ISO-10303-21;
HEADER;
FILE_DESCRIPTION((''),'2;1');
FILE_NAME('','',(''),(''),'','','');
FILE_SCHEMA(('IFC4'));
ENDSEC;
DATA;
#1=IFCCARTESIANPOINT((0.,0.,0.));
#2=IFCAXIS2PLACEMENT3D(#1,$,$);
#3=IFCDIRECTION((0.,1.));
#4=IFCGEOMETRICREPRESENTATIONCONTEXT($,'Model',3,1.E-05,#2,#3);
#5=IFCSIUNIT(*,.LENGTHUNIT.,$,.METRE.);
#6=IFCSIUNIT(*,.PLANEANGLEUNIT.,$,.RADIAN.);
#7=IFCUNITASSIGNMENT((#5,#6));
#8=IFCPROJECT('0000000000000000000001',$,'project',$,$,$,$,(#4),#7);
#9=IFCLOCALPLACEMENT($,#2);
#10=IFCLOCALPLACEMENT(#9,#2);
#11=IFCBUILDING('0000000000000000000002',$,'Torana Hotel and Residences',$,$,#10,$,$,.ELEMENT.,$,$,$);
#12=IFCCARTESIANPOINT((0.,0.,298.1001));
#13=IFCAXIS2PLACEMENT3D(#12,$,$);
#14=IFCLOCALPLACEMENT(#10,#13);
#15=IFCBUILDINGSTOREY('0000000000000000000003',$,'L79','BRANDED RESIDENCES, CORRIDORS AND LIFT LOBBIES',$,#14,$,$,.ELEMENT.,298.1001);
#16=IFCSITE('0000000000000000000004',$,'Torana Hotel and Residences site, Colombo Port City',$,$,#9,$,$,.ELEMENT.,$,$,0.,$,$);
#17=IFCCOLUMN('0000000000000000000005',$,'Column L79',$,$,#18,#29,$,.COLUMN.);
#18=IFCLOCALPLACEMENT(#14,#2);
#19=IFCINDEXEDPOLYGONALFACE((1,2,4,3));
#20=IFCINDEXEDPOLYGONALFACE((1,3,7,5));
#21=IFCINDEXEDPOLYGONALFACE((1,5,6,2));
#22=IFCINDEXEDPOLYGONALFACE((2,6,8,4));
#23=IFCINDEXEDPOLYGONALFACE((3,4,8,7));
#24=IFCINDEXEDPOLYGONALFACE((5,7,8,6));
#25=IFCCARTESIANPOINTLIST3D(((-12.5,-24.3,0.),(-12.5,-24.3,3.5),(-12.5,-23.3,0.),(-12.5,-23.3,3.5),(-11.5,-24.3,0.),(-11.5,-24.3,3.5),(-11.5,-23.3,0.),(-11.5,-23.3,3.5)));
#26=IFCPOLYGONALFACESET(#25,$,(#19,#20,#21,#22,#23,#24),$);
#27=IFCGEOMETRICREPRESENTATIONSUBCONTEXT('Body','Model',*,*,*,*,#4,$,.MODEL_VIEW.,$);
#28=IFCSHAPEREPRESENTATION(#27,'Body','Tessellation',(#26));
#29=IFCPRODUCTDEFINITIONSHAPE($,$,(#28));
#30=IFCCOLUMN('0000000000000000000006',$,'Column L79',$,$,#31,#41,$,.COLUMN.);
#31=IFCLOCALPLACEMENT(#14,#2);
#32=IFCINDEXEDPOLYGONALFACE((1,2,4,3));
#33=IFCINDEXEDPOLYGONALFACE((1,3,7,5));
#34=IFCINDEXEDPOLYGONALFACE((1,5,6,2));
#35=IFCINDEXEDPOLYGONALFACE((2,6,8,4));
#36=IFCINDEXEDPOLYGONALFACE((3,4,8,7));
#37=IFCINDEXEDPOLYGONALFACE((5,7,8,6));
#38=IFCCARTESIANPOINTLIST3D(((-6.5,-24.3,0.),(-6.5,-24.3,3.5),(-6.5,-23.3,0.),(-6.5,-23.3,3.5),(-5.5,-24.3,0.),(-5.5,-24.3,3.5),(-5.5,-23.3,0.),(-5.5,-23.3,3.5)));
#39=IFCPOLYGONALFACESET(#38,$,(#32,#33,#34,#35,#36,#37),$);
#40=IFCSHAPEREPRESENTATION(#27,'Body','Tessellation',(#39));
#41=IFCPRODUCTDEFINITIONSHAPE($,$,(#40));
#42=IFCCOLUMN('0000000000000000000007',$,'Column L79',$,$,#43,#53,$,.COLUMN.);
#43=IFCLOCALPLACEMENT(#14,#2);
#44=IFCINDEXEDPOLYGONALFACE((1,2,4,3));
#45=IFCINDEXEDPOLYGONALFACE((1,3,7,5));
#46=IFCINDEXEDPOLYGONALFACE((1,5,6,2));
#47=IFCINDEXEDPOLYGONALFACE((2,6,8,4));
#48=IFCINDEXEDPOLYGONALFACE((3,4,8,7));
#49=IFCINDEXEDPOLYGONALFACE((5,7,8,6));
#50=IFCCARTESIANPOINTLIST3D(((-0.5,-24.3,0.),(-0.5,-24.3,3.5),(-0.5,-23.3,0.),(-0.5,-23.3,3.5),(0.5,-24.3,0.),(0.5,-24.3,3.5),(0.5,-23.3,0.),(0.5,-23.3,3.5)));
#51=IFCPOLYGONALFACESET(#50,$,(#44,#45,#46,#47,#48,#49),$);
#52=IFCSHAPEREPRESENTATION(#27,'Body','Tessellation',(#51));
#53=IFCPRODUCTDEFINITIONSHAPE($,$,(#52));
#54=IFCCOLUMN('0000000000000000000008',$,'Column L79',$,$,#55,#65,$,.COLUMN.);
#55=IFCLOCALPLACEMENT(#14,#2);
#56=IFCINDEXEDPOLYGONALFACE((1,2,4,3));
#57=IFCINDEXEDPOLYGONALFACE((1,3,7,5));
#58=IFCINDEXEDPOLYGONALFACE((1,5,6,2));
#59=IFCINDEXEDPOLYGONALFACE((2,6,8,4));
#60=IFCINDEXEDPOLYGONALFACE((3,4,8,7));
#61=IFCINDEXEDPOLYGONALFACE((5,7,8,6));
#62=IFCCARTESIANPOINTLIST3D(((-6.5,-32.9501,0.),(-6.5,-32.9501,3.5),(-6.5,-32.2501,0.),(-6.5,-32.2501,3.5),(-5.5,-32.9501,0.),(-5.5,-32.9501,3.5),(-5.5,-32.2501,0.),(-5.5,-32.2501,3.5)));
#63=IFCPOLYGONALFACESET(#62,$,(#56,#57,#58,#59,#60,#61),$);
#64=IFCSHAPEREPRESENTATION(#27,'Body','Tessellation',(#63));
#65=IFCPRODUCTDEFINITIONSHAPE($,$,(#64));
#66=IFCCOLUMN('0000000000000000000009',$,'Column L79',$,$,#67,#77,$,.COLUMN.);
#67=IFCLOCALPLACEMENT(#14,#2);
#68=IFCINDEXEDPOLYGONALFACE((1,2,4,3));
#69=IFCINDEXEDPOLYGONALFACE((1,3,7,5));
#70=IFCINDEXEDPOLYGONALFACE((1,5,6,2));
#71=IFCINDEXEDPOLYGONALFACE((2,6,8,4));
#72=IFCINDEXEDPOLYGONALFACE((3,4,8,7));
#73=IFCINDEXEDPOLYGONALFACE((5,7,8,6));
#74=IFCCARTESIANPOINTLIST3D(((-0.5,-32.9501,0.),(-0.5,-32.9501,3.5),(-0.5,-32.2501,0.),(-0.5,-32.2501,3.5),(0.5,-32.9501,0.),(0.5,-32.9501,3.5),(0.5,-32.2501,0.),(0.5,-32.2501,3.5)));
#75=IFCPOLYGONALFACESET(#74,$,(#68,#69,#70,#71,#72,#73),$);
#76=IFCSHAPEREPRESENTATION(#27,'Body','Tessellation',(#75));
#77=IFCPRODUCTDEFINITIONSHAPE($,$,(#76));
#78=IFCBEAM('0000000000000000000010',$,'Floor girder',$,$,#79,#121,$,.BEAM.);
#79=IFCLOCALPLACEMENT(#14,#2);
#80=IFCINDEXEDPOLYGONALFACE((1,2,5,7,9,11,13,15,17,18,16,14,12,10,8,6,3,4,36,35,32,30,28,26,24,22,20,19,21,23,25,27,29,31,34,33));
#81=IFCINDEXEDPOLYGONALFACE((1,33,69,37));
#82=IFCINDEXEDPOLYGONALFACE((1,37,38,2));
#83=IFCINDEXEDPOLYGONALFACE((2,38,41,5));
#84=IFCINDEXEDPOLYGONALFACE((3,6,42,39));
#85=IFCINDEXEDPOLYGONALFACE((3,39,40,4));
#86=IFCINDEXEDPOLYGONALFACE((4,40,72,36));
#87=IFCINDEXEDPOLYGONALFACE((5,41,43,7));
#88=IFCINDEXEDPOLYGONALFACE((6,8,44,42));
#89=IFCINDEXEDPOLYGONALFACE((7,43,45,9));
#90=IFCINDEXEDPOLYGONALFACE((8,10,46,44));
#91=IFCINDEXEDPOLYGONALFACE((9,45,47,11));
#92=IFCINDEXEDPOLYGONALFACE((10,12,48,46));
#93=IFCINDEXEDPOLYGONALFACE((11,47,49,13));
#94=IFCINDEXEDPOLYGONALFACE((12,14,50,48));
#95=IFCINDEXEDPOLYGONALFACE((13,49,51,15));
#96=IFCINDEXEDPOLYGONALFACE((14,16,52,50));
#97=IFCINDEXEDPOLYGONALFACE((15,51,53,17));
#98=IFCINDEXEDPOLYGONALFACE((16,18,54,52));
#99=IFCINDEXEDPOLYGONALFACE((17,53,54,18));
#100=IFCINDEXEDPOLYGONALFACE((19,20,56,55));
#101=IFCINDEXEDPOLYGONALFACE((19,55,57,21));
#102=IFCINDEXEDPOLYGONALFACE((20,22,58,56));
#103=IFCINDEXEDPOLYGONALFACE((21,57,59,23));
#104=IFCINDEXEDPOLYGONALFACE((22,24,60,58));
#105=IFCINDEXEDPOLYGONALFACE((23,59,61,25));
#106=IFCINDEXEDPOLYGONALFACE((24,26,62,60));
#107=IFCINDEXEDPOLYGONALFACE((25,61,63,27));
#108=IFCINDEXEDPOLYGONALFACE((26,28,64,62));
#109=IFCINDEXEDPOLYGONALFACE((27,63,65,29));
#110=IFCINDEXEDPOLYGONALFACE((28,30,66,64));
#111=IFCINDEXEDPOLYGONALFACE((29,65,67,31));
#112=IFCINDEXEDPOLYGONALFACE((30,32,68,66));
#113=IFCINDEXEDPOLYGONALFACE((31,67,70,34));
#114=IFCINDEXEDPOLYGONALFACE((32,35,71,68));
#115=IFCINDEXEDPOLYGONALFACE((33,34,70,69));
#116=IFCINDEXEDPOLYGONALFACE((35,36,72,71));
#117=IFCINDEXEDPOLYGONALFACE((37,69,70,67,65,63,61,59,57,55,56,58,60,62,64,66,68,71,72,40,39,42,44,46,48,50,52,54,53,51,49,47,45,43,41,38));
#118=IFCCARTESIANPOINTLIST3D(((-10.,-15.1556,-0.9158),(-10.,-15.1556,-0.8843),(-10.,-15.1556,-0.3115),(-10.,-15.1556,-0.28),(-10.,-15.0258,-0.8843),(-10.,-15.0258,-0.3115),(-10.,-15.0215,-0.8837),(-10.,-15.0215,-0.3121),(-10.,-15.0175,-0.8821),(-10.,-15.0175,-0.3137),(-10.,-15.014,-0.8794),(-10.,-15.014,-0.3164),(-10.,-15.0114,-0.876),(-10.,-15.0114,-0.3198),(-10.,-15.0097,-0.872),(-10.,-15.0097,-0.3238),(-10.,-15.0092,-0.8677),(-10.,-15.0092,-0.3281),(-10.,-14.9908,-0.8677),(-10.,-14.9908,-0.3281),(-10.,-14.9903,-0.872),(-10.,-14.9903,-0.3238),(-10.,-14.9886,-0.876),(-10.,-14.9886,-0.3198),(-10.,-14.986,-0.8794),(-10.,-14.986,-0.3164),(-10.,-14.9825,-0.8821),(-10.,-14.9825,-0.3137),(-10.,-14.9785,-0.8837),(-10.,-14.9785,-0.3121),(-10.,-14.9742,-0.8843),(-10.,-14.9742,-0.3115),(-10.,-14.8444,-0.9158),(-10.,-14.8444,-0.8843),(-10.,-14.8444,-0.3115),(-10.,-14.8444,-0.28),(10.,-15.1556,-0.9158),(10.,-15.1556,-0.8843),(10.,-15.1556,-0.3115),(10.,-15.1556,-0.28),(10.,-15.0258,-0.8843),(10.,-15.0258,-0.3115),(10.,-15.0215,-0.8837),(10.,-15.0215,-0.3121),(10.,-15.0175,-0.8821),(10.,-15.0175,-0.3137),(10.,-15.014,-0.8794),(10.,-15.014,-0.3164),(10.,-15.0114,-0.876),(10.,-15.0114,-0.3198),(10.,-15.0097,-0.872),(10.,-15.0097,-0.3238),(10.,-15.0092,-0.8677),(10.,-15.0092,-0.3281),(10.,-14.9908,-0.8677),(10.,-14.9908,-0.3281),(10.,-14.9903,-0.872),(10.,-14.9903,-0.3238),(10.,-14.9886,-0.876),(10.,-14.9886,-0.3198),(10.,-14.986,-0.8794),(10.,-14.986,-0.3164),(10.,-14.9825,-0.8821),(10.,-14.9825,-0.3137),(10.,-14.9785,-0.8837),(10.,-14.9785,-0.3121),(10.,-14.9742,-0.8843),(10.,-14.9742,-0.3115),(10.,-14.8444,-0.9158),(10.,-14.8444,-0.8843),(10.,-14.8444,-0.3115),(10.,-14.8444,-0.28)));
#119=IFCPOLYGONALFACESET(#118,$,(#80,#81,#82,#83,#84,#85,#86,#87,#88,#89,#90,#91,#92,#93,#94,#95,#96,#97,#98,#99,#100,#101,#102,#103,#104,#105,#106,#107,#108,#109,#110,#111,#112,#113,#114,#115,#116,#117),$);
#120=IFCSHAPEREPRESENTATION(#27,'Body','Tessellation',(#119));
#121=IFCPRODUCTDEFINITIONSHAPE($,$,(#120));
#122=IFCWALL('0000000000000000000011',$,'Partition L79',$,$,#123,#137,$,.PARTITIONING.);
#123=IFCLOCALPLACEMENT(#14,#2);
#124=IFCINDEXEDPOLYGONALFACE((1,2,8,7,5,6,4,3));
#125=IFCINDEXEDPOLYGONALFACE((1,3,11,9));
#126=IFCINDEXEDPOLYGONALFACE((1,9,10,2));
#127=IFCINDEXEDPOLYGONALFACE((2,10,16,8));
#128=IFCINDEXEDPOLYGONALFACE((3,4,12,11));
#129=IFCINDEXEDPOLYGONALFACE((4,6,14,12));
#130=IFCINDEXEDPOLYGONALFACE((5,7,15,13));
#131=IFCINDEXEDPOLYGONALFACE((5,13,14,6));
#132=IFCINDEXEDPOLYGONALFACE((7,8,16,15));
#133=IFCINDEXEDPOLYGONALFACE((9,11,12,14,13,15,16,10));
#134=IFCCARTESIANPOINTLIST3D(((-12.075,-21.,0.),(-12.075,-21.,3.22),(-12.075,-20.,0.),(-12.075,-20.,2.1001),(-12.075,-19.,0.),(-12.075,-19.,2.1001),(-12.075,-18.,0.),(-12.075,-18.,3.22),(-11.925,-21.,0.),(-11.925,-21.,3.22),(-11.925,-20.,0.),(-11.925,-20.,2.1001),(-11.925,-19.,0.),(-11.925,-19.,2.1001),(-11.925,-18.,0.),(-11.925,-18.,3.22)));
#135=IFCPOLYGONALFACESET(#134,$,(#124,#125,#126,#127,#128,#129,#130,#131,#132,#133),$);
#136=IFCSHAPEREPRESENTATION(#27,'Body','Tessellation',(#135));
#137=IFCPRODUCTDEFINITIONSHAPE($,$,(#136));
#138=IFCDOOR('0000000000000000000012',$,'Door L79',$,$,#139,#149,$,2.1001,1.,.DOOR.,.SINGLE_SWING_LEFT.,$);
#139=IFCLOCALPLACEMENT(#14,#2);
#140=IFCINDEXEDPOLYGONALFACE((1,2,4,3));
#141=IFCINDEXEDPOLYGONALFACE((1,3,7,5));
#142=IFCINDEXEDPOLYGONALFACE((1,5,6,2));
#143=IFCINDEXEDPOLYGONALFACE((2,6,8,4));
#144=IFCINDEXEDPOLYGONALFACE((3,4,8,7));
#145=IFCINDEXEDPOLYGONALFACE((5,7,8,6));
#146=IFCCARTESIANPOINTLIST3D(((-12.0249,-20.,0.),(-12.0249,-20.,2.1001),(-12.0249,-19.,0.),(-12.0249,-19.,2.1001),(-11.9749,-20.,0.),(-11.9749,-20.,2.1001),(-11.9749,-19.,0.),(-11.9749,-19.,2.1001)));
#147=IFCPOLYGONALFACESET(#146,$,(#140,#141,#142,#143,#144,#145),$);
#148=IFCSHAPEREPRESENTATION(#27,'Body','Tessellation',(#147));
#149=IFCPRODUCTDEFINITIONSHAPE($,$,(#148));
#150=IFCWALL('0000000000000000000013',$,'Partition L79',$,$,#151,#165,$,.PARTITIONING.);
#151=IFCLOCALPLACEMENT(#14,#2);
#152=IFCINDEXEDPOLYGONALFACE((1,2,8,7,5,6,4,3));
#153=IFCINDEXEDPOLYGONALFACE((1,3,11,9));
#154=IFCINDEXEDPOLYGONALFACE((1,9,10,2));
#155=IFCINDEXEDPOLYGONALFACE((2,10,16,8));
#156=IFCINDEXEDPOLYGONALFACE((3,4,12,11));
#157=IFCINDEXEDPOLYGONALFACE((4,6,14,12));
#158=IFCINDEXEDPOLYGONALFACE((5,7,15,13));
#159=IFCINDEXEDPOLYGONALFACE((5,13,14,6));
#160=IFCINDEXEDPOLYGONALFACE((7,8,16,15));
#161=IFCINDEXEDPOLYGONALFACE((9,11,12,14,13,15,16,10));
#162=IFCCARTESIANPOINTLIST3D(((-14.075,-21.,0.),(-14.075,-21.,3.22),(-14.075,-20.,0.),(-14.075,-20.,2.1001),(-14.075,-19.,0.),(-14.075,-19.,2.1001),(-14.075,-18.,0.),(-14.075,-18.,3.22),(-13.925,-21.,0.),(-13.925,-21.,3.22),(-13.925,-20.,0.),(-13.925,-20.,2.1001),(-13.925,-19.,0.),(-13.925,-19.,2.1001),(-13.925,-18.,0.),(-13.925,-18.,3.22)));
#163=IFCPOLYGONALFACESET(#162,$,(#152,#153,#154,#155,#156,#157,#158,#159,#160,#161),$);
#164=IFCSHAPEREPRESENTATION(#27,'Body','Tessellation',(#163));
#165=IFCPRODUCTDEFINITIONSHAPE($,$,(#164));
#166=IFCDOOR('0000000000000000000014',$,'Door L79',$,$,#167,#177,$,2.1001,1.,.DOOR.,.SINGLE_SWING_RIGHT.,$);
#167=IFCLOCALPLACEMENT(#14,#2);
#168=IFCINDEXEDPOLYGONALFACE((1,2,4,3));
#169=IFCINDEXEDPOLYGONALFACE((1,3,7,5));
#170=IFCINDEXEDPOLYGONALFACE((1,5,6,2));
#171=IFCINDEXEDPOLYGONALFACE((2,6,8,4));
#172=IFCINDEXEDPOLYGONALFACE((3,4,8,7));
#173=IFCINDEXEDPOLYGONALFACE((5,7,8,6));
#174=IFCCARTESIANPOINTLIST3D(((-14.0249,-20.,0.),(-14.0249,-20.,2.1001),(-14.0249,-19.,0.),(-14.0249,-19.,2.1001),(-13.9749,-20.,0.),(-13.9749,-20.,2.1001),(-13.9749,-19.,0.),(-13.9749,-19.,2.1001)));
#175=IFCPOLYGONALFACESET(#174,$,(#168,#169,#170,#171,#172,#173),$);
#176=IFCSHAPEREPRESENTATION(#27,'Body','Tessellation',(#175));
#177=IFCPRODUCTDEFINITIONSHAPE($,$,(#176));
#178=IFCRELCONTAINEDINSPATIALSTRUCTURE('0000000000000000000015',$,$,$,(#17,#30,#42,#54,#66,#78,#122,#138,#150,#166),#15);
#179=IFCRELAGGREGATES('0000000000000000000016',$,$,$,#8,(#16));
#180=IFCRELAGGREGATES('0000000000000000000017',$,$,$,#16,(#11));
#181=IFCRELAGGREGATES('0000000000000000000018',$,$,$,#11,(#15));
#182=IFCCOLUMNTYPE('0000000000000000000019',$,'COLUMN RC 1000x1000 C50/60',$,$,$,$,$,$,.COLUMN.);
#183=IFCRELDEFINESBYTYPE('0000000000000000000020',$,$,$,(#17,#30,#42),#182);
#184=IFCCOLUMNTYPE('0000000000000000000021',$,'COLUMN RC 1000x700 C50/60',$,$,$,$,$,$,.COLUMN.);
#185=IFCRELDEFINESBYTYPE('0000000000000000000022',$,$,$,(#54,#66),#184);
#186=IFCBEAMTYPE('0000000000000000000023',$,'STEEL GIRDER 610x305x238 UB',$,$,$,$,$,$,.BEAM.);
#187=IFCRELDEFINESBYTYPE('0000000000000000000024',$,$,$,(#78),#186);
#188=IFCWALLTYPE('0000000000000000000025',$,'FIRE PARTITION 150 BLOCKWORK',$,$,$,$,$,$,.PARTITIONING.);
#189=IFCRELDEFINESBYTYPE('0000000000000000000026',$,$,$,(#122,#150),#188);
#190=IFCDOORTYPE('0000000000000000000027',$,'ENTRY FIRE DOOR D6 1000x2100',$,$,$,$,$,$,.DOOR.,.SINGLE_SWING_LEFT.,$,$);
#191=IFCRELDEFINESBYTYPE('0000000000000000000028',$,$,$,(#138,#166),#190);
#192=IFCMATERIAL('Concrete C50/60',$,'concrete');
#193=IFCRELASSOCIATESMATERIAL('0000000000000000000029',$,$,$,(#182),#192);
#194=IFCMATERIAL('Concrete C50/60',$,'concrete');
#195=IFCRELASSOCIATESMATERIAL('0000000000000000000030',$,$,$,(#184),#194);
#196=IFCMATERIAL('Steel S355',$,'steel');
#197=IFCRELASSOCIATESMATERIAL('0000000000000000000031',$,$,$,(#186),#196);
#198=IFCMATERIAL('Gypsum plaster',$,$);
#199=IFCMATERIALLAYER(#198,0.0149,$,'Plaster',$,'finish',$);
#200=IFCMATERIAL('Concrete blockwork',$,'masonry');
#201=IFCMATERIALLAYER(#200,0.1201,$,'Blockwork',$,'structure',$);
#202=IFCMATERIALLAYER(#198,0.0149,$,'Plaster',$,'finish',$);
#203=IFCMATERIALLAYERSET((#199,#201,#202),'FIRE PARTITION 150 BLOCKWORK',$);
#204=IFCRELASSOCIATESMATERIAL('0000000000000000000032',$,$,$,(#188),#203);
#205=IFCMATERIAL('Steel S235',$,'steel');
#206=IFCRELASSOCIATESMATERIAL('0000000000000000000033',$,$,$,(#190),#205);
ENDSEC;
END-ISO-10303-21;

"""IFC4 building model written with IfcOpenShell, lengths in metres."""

from ifc_helpers import new_model, si_unit, direction, frame, frame_2d, origin, origin_2d, place, context, subcontext, project, spatial, rectangle, i_section, extrude, material, layer, layer_set, material_profile, profile_set, type_object, element, fill, save


model = new_model("IFC4")

# Units and contexts
model_context = context("Model", 3, precision=1e-05, world=origin(), true_north=direction((0.0, 1.0)))
body_context = subcontext(model_context, "Body", "Model", "MODEL_VIEW")
ifc_project = project(units=[si_unit("LENGTHUNIT", "METRE"), si_unit("PLANEANGLEUNIT", "RADIAN")], contexts=[model_context])

# Site, building, storey
site_placement = place(None, origin())
site = spatial("IfcSite", under=ifc_project, at=site_placement, Name="Torana Hotel and Residences site, Colombo Port City", CompositionType="ELEMENT", RefElevation=0.0)
building_placement = place(site_placement, origin())
building = spatial("IfcBuilding", under=site, at=building_placement, Name="Torana Hotel and Residences", CompositionType="ELEMENT")
storey_placement = place(building_placement, frame((0.0, 0.0, 298.1001)))
storey = spatial("IfcBuildingStorey", under=building, at=storey_placement, Name="L79", Description="BRANDED RESIDENCES, CORRIDORS AND LIFT LOBBIES", CompositionType="ELEMENT", Elevation=298.1001)

# Columns
ifc_material_1 = material(Name="Concrete C50/60", Category="concrete")
ifc_material_profile_1 = material_profile(ifc_material_1, rectangle(XDim=1.0, YDim=1.0, at=origin_2d()), Name="RC 1000x1000")
ifc_profile_set_1 = profile_set([ifc_material_profile_1], Name="Concrete C50/60")
column_type_1 = type_object("IfcColumnType", Name="COLUMN RC 1000x1000 C50/60", PredefinedType="COLUMN", material=ifc_profile_set_1)
for number, where, z_axis, x_axis, name in (
    (1, (-12.0, -23.8, 0.0), (0.0, 0.0, 1.0), (1.0, 0.0, 0.0), "Column L79"),
    (2, (-6.0, -23.8, 0.0), (0.0, 0.0, 1.0), (1.0, 0.0, 0.0), "Column L79"),
    (3, (0.0, -23.8, 0.0), (0.0, 0.0, 1.0), (1.0, 0.0, 0.0), "Column L79"),
):
    element("IfcColumn", number, at=place(storey_placement, frame(where, z_axis=z_axis, x_axis=x_axis)), inside=storey, type_object=column_type_1, Name=name, PredefinedType="COLUMN", context=body_context, shape_type="SweptSolid", body=[
        extrude(rectangle(XDim=1.0, YDim=1.0, at=origin_2d()), origin(), (0.0, 0.0, 1.0), 3.5),
    ])
ifc_material_2 = material(Name="Concrete C50/60", Category="concrete")
ifc_material_profile_2 = material_profile(ifc_material_2, rectangle(XDim=1.0, YDim=0.7, at=origin_2d()), Name="RC 1000x700")
ifc_profile_set_2 = profile_set([ifc_material_profile_2], Name="Concrete C50/60")
column_type_2 = type_object("IfcColumnType", Name="COLUMN RC 1000x700 C50/60", PredefinedType="COLUMN", material=ifc_profile_set_2)
for number, where, z_axis, x_axis, name in (
    (4, (-6.0, -32.6001, 0.0), (0.0, 0.0, 1.0), (1.0, 0.0, 0.0), "Column L79"),
    (5, (0.0, -32.6001, 0.0), (0.0, 0.0, 1.0), (1.0, 0.0, 0.0), "Column L79"),
):
    element("IfcColumn", number, at=place(storey_placement, frame(where, z_axis=z_axis, x_axis=x_axis)), inside=storey, type_object=column_type_2, Name=name, PredefinedType="COLUMN", context=body_context, shape_type="SweptSolid", body=[
        extrude(rectangle(XDim=1.0, YDim=0.7, at=origin_2d()), origin(), (0.0, 0.0, 1.0), 3.5),
    ])

# Beam
ifc_material_3 = material(Name="Steel S355", Category="steel")
ifc_material_profile_3 = material_profile(ifc_material_3, i_section(OverallWidth=0.3113, OverallDepth=0.6357, WebThickness=0.0183, FlangeThickness=0.0315, FilletRadius=0.0166, at=origin_2d()), Name="610x305x238 UB")
ifc_profile_set_3 = profile_set([ifc_material_profile_3], Name="Steel S355")
beam_type = type_object("IfcBeamType", Name="STEEL GIRDER 610x305x238 UB", PredefinedType="BEAM", material=ifc_profile_set_3)
beam_placement = place(storey_placement, frame((-10.0, -15.0, -0.5979), z_axis=(1.0, 0.0, 0.0), x_axis=(0.0, 1.0, 0.0)))
element("IfcBeam", 6, at=beam_placement, inside=storey, type_object=beam_type, Name="Floor girder", PredefinedType="BEAM", context=body_context, shape_type="SweptSolid", body=[
    extrude(i_section(OverallWidth=0.3113, OverallDepth=0.6357, WebThickness=0.0183, FlangeThickness=0.0315, FilletRadius=0.0166, at=origin_2d()), origin(), (0.0, 0.0, 1.0), 20.0),
])

# Walls, openings, doors
ifc_material_4 = material(Name="Gypsum plaster")
ifc_layer_1 = layer(ifc_material_4, 0.0149, Name="Plaster", Category="finish")
ifc_material_5 = material(Name="Concrete blockwork", Category="masonry")
ifc_layer_2 = layer(ifc_material_5, 0.1201, Name="Blockwork", Category="structure")
ifc_layer_3 = layer(ifc_material_4, 0.0149, Name="Plaster", Category="finish")
ifc_layer_set_1 = layer_set([ifc_layer_1, ifc_layer_2, ifc_layer_3], Name="FIRE PARTITION 150 BLOCKWORK")
wall_type_1 = type_object("IfcWallType", Name="FIRE PARTITION 150 BLOCKWORK", PredefinedType="PARTITIONING", material=ifc_layer_set_1)
wall_1_placement = place(storey_placement, frame((-12.0, -21.0, 0.0), z_axis=(0.0, 0.0, 1.0), x_axis=(0.0, 1.0, 0.0)))
wall_1 = element("IfcWall", 7, at=wall_1_placement, inside=storey, type_object=wall_type_1, Name="Partition L79", PredefinedType="PARTITIONING", context=body_context, shape_type="SweptSolid", body=[
    extrude(rectangle(XDim=3.0, YDim=0.1499, at=frame_2d((1.5, 0.0))), origin(), (0.0, 0.0, 1.0), 3.22),
])
opening_1_placement = place(wall_1_placement, frame((1.0, 0.0, 0.0)))
opening_1 = element("IfcOpeningElement", 8, at=opening_1_placement, cuts=wall_1, PredefinedType="OPENING", context=body_context, shape_type="SweptSolid", body=[
    extrude(rectangle(XDim=1.0, YDim=2.1001, at=frame_2d((0.5, 1.05))), frame((0.0, 0.085, 0.0), z_axis=(0.0, -1.0, 0.0), x_axis=(1.0, 0.0, 0.0)), (0.0, 0.0, 1.0), 0.1699),
])
ifc_material_6 = material(Name="Steel S235", Category="steel")
door_type_1 = type_object("IfcDoorType", Name="ENTRY FIRE DOOR D6 1000x2100", OperationType="SINGLE_SWING_LEFT", PredefinedType="DOOR", material=ifc_material_6)
door_1_placement = place(opening_1_placement, frame((0.5, 0.0, 0.0), z_axis=(0.0, 0.0, 1.0), x_axis=(-1.0, 0.0, 0.0)))
door_1 = element("IfcDoor", 9, at=door_1_placement, inside=storey, type_object=door_type_1, Name="Door L79", OperationType="SINGLE_SWING_LEFT", OverallHeight=2.1001, OverallWidth=1.0, PredefinedType="DOOR", context=body_context, shape_type="SweptSolid", body=[
    extrude(rectangle(XDim=1.0, YDim=2.1001, at=frame_2d((0.0, 1.05))), frame((0.0, -0.0249, 0.0), z_axis=(0.0, 1.0, 0.0), x_axis=(-1.0, 0.0, 0.0)), (0.0, 0.0, 1.0), 0.05),
])
fill(opening_1, door_1)
wall_2_placement = place(storey_placement, frame((-14.0, -21.0, 0.0), z_axis=(0.0, 0.0, 1.0), x_axis=(0.0, 1.0, 0.0)))
wall_2 = element("IfcWall", 10, at=wall_2_placement, inside=storey, type_object=wall_type_1, Name="Partition L79", PredefinedType="PARTITIONING", context=body_context, shape_type="SweptSolid", body=[
    extrude(rectangle(XDim=3.0, YDim=0.1499, at=frame_2d((1.5, 0.0))), origin(), (0.0, 0.0, 1.0), 3.22),
])
opening_2_placement = place(wall_2_placement, frame((1.0, 0.0, 0.0)))
opening_2 = element("IfcOpeningElement", 11, at=opening_2_placement, cuts=wall_2, PredefinedType="OPENING", context=body_context, shape_type="SweptSolid", body=[
    extrude(rectangle(XDim=1.0, YDim=2.1001, at=frame_2d((0.5, 1.05))), frame((0.0, 0.085, 0.0), z_axis=(0.0, -1.0, 0.0), x_axis=(1.0, 0.0, 0.0)), (0.0, 0.0, 1.0), 0.1699),
])
door_2_placement = place(opening_2_placement, origin())
door_2 = element("IfcDoor", 12, at=door_2_placement, inside=storey, type_object=door_type_1, Name="Door L79", OperationType="SINGLE_SWING_RIGHT", OverallHeight=2.1001, OverallWidth=1.0, PredefinedType="DOOR", context=body_context, shape_type="SweptSolid", body=[
    extrude(rectangle(XDim=1.0, YDim=2.1001, at=frame_2d((0.5, 1.05))), frame((0.0, 0.0249, 0.0), z_axis=(0.0, -1.0, 0.0), x_axis=(1.0, 0.0, 0.0)), (0.0, 0.0, 1.0), 0.05),
])
fill(opening_2, door_2)

save(model, "model.ifc")
